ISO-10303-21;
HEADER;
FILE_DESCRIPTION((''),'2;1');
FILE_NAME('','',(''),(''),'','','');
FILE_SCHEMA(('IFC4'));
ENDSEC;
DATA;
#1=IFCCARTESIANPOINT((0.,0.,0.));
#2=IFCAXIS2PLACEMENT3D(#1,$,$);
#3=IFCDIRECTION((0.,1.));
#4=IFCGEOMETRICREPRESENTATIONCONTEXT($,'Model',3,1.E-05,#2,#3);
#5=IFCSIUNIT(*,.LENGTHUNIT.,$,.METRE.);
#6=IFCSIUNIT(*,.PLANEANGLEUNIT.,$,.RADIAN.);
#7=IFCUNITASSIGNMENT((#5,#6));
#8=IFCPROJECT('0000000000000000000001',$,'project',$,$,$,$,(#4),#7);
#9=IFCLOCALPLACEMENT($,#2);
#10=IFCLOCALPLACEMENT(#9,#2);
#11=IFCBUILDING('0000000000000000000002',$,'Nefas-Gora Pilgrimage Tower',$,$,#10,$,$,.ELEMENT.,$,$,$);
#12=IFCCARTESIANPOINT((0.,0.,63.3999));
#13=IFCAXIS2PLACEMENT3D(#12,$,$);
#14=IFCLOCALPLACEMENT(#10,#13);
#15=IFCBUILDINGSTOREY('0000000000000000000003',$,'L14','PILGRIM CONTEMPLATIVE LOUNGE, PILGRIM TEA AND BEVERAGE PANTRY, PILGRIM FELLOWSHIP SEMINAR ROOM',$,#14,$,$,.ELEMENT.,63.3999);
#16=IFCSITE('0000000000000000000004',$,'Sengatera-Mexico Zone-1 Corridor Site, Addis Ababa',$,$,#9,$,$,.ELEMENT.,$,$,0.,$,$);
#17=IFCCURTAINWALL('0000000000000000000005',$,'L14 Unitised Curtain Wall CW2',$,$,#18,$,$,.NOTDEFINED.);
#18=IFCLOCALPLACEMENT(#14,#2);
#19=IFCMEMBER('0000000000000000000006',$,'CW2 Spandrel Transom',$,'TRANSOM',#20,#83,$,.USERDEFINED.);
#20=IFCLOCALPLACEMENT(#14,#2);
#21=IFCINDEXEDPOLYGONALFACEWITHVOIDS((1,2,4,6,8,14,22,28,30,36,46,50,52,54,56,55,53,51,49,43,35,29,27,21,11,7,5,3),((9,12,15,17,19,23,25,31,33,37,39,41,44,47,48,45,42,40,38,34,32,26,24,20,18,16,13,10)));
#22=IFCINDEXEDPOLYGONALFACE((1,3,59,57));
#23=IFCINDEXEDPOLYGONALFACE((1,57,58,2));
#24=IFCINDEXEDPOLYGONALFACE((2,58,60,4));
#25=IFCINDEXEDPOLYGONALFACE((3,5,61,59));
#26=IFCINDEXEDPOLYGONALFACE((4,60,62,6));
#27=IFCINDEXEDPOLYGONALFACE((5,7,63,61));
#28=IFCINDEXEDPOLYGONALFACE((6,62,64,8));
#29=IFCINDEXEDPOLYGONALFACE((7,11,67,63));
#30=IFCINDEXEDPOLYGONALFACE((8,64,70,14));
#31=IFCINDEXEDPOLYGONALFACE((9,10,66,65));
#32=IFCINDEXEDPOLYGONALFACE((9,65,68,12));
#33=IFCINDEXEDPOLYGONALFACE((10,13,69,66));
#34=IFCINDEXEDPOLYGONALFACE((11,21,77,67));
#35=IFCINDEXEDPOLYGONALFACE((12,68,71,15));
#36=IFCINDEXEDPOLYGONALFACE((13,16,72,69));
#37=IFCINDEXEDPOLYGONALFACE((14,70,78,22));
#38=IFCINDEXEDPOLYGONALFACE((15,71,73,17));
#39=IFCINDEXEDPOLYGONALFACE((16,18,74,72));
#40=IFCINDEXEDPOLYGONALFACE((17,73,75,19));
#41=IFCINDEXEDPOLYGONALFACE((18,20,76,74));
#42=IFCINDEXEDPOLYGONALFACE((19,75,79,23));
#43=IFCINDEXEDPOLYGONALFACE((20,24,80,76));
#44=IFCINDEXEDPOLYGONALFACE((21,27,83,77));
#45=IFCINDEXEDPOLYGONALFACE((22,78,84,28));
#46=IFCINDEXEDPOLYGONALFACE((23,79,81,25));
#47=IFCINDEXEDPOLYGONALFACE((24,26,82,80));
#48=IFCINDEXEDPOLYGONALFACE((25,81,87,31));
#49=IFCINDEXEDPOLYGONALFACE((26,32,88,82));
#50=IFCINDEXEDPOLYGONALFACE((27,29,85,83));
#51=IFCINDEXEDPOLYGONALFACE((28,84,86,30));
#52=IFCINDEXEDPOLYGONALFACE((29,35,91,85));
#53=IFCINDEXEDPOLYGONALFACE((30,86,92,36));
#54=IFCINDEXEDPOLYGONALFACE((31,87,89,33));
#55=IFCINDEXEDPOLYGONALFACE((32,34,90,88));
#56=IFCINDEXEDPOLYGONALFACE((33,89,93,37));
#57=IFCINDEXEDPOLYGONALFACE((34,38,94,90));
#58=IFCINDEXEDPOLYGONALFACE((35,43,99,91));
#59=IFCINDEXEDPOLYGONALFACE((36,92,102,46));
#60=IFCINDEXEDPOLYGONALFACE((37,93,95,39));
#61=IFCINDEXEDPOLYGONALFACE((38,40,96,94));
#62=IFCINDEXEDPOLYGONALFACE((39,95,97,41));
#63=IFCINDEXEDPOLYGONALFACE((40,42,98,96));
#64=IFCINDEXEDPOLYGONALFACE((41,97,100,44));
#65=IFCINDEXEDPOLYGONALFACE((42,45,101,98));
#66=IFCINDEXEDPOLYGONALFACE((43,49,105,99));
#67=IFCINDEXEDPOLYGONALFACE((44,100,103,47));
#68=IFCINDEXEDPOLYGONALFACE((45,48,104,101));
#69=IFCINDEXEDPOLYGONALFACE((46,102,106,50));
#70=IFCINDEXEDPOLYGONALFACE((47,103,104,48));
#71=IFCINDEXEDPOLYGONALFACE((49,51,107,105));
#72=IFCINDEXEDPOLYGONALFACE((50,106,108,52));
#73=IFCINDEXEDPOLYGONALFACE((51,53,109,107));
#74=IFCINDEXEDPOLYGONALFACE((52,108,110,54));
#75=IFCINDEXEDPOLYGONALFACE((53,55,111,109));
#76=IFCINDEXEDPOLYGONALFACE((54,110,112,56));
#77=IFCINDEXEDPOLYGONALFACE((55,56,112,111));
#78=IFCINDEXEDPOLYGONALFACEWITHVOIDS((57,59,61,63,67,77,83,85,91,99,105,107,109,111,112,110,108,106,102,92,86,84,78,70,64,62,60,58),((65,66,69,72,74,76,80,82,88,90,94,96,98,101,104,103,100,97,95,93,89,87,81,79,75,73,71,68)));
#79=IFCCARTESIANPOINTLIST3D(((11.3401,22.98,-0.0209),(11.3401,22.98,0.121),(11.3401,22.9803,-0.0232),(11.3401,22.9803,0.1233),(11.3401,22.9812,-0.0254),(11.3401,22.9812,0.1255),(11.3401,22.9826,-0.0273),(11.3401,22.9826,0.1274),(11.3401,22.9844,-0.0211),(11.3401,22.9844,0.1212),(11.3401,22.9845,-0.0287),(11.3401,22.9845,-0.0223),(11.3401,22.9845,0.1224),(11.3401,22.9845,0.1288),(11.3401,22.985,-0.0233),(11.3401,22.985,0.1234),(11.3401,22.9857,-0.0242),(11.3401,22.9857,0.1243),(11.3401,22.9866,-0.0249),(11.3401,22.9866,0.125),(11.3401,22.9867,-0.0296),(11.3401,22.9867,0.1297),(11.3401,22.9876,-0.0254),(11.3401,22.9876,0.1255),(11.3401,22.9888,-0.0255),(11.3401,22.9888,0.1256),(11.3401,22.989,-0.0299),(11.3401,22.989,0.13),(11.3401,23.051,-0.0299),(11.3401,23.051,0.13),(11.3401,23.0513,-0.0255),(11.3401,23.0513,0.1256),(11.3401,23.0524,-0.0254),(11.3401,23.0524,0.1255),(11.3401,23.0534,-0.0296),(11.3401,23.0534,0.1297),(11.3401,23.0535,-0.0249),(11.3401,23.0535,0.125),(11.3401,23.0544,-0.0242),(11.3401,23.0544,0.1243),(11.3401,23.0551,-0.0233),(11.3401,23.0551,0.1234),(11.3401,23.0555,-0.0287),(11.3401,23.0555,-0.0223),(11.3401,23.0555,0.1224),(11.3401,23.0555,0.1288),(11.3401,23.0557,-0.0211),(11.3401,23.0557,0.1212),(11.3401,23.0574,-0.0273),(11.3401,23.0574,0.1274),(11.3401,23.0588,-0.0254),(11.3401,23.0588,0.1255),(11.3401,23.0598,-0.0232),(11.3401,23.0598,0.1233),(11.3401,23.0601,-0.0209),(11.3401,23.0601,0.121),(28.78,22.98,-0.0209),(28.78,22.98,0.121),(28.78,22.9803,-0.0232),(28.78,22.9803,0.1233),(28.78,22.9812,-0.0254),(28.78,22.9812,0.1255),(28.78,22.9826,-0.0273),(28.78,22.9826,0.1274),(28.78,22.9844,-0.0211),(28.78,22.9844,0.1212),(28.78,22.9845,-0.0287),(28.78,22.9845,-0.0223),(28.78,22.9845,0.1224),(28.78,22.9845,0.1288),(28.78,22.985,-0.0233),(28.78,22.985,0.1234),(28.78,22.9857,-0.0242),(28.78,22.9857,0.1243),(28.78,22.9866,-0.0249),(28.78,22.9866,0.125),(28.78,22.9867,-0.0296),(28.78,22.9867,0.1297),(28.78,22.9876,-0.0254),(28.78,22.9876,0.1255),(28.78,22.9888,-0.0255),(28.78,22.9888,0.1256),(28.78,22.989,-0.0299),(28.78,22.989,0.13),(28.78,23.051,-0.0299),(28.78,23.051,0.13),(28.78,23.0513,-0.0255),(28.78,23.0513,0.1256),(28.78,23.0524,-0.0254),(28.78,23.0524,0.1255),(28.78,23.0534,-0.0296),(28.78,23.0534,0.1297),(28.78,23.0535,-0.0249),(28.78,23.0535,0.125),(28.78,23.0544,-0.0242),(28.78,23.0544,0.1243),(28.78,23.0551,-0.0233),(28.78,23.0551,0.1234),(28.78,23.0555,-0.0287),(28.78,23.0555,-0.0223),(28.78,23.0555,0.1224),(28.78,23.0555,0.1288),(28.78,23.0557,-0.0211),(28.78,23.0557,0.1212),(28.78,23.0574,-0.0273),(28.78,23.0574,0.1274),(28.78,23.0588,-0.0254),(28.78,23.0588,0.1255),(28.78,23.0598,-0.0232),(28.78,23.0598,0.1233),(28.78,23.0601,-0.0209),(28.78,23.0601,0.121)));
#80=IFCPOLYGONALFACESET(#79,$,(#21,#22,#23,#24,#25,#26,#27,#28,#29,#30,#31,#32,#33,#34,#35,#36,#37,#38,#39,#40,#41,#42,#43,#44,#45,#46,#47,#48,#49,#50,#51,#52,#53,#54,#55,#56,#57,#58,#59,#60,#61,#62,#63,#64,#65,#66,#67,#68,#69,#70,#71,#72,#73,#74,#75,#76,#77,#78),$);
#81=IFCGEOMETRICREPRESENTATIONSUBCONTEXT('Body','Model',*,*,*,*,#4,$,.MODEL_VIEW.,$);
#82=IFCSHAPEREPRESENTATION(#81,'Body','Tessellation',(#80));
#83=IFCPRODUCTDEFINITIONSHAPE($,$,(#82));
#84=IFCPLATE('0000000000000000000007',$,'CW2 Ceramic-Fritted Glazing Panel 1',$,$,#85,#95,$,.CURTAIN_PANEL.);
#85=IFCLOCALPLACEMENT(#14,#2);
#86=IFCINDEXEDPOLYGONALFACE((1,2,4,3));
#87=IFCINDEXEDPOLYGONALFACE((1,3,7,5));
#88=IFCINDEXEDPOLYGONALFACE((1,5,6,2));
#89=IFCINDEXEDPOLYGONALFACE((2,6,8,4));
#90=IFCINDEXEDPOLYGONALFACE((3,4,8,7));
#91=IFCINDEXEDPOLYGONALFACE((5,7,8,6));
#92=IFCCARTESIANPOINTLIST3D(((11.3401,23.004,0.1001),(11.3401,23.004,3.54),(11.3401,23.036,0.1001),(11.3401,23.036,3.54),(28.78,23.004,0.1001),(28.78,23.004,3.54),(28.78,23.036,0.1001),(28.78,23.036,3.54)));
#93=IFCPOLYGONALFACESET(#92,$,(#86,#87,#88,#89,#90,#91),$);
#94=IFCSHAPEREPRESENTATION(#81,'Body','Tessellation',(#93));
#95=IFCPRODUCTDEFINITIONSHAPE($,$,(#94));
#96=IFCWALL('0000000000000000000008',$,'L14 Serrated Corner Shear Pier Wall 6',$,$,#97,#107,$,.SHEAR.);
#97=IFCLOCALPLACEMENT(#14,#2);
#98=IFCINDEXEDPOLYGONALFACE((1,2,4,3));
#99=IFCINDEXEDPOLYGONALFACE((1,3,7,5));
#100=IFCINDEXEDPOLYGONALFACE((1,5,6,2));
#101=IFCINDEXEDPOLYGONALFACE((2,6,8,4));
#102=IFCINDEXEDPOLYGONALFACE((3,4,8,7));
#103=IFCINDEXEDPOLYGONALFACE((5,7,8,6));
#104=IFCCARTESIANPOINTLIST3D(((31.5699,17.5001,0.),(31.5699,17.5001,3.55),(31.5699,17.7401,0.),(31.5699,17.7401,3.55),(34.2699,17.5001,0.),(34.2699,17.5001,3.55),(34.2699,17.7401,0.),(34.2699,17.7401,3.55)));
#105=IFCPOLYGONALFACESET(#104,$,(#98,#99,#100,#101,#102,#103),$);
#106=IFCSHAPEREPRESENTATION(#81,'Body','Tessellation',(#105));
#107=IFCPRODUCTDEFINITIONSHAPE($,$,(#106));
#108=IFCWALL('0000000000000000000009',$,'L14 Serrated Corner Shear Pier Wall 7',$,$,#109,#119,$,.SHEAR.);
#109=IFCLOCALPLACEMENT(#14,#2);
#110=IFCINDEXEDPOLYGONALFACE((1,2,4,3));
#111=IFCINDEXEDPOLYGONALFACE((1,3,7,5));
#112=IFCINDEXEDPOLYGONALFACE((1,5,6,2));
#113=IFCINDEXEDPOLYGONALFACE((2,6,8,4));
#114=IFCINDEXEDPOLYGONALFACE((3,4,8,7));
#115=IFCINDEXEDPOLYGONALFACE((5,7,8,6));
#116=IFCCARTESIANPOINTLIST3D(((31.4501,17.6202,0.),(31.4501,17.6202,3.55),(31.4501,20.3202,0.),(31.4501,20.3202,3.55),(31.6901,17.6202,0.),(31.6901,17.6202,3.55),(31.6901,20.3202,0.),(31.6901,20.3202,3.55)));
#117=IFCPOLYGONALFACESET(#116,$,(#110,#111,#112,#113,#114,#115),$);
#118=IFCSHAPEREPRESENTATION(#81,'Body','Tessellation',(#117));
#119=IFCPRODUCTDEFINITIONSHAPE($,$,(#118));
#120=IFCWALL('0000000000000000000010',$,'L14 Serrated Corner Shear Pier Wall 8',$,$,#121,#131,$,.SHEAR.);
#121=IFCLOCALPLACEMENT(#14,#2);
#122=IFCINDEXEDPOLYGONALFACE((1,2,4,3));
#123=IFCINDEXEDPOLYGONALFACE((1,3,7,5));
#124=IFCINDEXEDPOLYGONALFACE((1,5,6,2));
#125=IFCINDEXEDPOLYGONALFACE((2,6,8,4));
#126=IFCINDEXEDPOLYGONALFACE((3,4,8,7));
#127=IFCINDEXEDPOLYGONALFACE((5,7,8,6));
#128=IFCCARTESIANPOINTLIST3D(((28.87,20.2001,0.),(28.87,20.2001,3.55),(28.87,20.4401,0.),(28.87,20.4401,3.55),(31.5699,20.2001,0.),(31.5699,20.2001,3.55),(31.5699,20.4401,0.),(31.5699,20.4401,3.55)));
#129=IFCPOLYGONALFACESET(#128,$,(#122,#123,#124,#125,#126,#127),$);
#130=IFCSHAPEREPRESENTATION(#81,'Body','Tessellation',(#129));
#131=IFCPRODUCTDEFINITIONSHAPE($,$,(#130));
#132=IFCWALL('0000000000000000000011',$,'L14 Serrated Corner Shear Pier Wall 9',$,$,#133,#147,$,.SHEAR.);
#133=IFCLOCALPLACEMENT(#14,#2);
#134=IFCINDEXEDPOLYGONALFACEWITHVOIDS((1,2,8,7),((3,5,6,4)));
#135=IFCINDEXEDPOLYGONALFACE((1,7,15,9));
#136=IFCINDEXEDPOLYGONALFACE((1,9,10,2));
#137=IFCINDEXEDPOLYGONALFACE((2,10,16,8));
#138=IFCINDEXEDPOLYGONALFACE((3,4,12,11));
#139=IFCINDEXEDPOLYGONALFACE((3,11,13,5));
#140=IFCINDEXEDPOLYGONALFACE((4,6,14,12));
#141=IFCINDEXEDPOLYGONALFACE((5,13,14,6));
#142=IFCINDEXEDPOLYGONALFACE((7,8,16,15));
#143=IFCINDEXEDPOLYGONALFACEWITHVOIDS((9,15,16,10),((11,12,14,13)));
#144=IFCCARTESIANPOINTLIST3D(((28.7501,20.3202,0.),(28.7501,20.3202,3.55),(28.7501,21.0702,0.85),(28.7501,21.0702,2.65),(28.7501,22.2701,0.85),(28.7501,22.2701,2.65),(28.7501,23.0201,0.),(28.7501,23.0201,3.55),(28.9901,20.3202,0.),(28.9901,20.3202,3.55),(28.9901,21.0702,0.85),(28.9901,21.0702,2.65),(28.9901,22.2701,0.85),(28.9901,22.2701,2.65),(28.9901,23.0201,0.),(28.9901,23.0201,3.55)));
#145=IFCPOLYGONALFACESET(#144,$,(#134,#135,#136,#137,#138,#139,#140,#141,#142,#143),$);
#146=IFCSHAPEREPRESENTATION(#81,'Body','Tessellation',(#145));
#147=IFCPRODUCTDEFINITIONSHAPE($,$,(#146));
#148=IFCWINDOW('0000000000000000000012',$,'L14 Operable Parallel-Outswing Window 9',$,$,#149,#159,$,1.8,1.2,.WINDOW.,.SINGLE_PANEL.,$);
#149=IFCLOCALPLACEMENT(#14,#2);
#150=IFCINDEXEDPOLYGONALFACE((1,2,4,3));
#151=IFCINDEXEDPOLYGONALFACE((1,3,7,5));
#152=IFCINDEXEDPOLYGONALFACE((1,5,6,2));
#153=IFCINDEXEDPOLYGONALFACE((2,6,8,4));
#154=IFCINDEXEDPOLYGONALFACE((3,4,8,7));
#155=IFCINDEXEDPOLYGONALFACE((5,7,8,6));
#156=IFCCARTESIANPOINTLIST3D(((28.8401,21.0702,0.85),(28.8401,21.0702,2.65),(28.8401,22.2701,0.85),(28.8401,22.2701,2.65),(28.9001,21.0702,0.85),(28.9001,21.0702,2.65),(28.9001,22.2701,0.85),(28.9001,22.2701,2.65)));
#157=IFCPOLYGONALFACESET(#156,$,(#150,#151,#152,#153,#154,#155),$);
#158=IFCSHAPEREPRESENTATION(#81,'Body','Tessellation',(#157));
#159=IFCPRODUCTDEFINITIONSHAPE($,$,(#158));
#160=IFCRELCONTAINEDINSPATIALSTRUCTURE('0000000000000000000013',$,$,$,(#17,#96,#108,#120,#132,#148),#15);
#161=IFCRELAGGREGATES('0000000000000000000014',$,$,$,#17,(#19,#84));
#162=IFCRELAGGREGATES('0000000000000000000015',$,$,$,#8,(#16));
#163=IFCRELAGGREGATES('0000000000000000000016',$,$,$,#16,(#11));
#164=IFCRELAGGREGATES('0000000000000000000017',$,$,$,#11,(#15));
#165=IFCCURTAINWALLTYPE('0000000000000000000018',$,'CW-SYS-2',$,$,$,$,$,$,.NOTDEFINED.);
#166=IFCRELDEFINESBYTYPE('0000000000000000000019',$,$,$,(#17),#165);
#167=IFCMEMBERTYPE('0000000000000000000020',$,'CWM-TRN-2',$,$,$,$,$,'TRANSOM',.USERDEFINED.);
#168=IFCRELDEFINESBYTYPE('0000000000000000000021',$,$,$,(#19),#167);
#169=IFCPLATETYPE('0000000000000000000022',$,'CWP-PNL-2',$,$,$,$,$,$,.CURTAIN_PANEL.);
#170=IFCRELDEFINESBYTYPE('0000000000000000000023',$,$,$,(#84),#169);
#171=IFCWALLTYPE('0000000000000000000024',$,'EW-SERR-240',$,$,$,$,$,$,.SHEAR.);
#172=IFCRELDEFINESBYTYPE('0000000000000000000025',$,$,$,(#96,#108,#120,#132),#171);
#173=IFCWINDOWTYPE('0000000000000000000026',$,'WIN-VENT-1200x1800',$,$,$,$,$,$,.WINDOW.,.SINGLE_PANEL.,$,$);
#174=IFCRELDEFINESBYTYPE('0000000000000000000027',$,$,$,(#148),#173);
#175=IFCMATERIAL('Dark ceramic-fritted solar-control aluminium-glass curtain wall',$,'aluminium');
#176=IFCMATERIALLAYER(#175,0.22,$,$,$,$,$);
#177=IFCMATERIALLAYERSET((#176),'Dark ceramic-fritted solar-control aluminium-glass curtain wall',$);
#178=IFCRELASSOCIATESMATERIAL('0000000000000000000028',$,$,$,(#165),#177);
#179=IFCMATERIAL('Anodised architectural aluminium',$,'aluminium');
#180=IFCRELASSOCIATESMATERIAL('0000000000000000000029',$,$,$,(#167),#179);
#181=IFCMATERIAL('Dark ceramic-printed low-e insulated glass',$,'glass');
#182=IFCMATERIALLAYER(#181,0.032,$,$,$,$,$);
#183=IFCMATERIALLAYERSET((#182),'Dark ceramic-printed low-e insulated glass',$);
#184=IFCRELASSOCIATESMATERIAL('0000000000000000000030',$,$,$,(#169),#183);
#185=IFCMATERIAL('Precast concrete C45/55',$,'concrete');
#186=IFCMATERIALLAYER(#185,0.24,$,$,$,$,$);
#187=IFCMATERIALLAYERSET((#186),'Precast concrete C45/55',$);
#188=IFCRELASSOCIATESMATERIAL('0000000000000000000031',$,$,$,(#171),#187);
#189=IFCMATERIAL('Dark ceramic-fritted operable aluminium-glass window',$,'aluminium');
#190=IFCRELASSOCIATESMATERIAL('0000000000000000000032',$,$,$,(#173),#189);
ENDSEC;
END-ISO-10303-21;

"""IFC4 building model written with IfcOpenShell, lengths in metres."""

from ifc_helpers import new_model, si_unit, direction, frame, frame_2d, origin, origin_2d, place, context, subcontext, project, spatial, rectangle, hollow_rectangle, extrude, source, transform, mapped, material, layer, layer_set, material_profile, profile_set, type_object, element, fill, aggregate, save


model = new_model("IFC4")

# Units and contexts
model_context = context("Model", 3, precision=1e-05, world=origin(), true_north=direction((0.0, 1.0)))
body_context = subcontext(model_context, "Body", "Model", "MODEL_VIEW")
ifc_project = project(units=[si_unit("LENGTHUNIT", "METRE"), si_unit("PLANEANGLEUNIT", "RADIAN")], contexts=[model_context])

# Site, building, storey
site_placement = place(None, origin())
site = spatial("IfcSite", under=ifc_project, at=site_placement, Name="Sengatera-Mexico Zone-1 Corridor Site, Addis Ababa", CompositionType="ELEMENT", RefElevation=0.0)
building_placement = place(site_placement, origin())
building = spatial("IfcBuilding", under=site, at=building_placement, Name="Nefas-Gora Pilgrimage Tower", CompositionType="ELEMENT")
storey_placement = place(building_placement, frame((0.0, 0.0, 63.3999)))
storey = spatial("IfcBuildingStorey", under=building, at=storey_placement, Name="L14", Description="PILGRIM CONTEMPLATIVE LOUNGE, PILGRIM TEA AND BEVERAGE PANTRY, PILGRIM FELLOWSHIP SEMINAR ROOM", CompositionType="ELEMENT", Elevation=63.3999)

# Shared definitions
ifc_material_1 = material(Name="Dark ceramic-fritted solar-control aluminium-glass curtain wall", Category="aluminium")
ifc_layer_1 = layer(ifc_material_1, 0.22)
ifc_layer_set_1 = layer_set([ifc_layer_1], Name="Dark ceramic-fritted solar-control aluminium-glass curtain wall")
curtain_wall_type = type_object("IfcCurtainWallType", Name="CW-SYS-2", PredefinedType="NOTDEFINED", material=ifc_layer_set_1)
ifc_material_2 = material(Name="Anodised architectural aluminium", Category="aluminium")

# Curtain wall, member, plate
curtain_wall_1_placement = place(storey_placement, origin())
curtain_wall_1 = element("IfcCurtainWall", 1, at=curtain_wall_1_placement, inside=storey, type_object=curtain_wall_type, Name="L14 Unitised Curtain Wall CW2", PredefinedType="NOTDEFINED")
ifc_material_profile_1 = material_profile(ifc_material_2, hollow_rectangle(XDim=0.0801, YDim=0.1599, WallThickness=0.0044, InnerFilletRadius=0.0044, OuterFilletRadius=0.009, at=origin_2d()), Name="ALU TRANSOM 80x160")
ifc_profile_set_1 = profile_set([ifc_material_profile_1], Name="Anodised architectural aluminium")
member_type_1 = type_object("IfcMemberType", Name="CWM-TRN-2", ElementType="TRANSOM", PredefinedType="USERDEFINED", material=ifc_profile_set_1)
shared_shape_1 = source(origin(), body_context, "Body", "SweptSolid", [
    extrude(hollow_rectangle(XDim=0.0801, YDim=0.1599, WallThickness=0.0044, InnerFilletRadius=0.0044, OuterFilletRadius=0.009, at=origin_2d()), origin(), (0.0, 0.0, 1.0), 17.4399),
])
member_1_placement = place(storey_placement, frame((28.78, 23.02, 0.05), z_axis=(-1.0, 0.0, 0.0), x_axis=(0.0, -1.0, 0.0)))
member_1 = element("IfcMember", 2, at=member_1_placement, type_object=member_type_1, Name="CW2 Spandrel Transom", ObjectType="TRANSOM", PredefinedType="USERDEFINED", context=body_context, shape_type="MappedRepresentation", body=[
    mapped(shared_shape_1, transform((0.0, 0.0, 0.0), x_axis=(1.0, 0.0, 0.0), y_axis=(0.0, 1.0, 0.0), z_axis=(0.0, 0.0, 1.0), scale=1.0)),
])
ifc_material_3 = material(Name="Dark ceramic-printed low-e insulated glass", Category="glass")
ifc_layer_2 = layer(ifc_material_3, 0.032)
ifc_layer_set_2 = layer_set([ifc_layer_2], Name="Dark ceramic-printed low-e insulated glass")
plate_type = type_object("IfcPlateType", Name="CWP-PNL-2", PredefinedType="CURTAIN_PANEL", material=ifc_layer_set_2)
shared_shape_2 = source(origin(), body_context, "Body", "SweptSolid", [
    extrude(rectangle(XDim=17.4399, YDim=0.032, at=origin_2d()), origin(), (0.0, 0.0, 1.0), 3.4399),
])
plate_placement = place(storey_placement, frame((20.0601, 23.02, 0.1001), z_axis=(0.0, 0.0, 1.0), x_axis=(-1.0, 0.0, 0.0)))
plate = element("IfcPlate", 3, at=plate_placement, type_object=plate_type, Name="CW2 Ceramic-Fritted Glazing Panel 1", PredefinedType="CURTAIN_PANEL", context=body_context, shape_type="MappedRepresentation", body=[
    mapped(shared_shape_2, transform((0.0, 0.0, 0.0), x_axis=(1.0, 0.0, 0.0), y_axis=(0.0, 1.0, 0.0), z_axis=(0.0, 0.0, 1.0), scale=1.0)),
])
aggregate(curtain_wall_1, [member_1, plate])

# Walls
ifc_material_4 = material(Name="Precast concrete C45/55", Category="concrete")
ifc_layer_3 = layer(ifc_material_4, 0.24)
ifc_layer_set_3 = layer_set([ifc_layer_3], Name="Precast concrete C45/55")
wall_type = type_object("IfcWallType", Name="EW-SERR-240", PredefinedType="SHEAR", material=ifc_layer_set_3)
shared_shape_3 = source(origin(), body_context, "Body", "SweptSolid", [
    extrude(rectangle(XDim=2.7, YDim=0.24, at=frame_2d((1.3501, 0.0))), origin(), (0.0, 0.0, 1.0), 3.55),
])
for number, where, z_axis, x_axis, name in (
    (4, (34.27, 17.6201, 0.0), (0.0, 0.0, 1.0), (-1.0, 0.0, 0.0), "L14 Serrated Corner Shear Pier Wall 6"),
    (5, (31.5701, 17.6201, 0.0), (0.0, 0.0, 1.0), (0.0, 1.0, 0.0), "L14 Serrated Corner Shear Pier Wall 7"),
    (6, (31.5701, 20.3201, 0.0), (0.0, 0.0, 1.0), (-1.0, 0.0, 0.0), "L14 Serrated Corner Shear Pier Wall 8"),
):
    element("IfcWall", number, at=place(storey_placement, frame(where, z_axis=z_axis, x_axis=x_axis)), inside=storey, type_object=wall_type, Name=name, PredefinedType="SHEAR", context=body_context, shape_type="MappedRepresentation", body=[
        mapped(shared_shape_3, transform((0.0, 0.0, 0.0), x_axis=(1.0, 0.0, 0.0), y_axis=(0.0, 1.0, 0.0), z_axis=(0.0, 0.0, 1.0), scale=1.0)),
    ])

# Wall, opening, window
wall_placement = place(storey_placement, frame((28.8701, 20.3201, 0.0), z_axis=(0.0, 0.0, 1.0), x_axis=(0.0, 1.0, 0.0)))
wall = element("IfcWall", 7, at=wall_placement, inside=storey, type_object=wall_type, Name="L14 Serrated Corner Shear Pier Wall 9", PredefinedType="SHEAR", context=body_context, shape_type="MappedRepresentation", body=[
    mapped(shared_shape_3, transform((0.0, 0.0, 0.0), x_axis=(1.0, 0.0, 0.0), y_axis=(0.0, 1.0, 0.0), z_axis=(0.0, 0.0, 1.0), scale=1.0)),
])
opening_placement = place(wall_placement, frame((0.75, 0.0, 0.8501)))
opening = element("IfcOpeningElement", 8, at=opening_placement, cuts=wall, PredefinedType="OPENING", context=body_context, shape_type="SweptSolid", body=[
    extrude(rectangle(XDim=1.2, YDim=1.8, at=frame_2d((0.6001, 0.8999))), frame((0.0, 0.1299, 0.0), z_axis=(0.0, -1.0, 0.0), x_axis=(1.0, 0.0, 0.0)), (0.0, 0.0, 1.0), 0.26),
])
ifc_material_5 = material(Name="Dark ceramic-fritted operable aluminium-glass window", Category="aluminium")
window_type = type_object("IfcWindowType", Name="WIN-VENT-1200x1800", PartitioningType="SINGLE_PANEL", PredefinedType="WINDOW", material=ifc_material_5)
shared_shape_4 = source(origin(), body_context, "Body", "SweptSolid", [
    extrude(rectangle(XDim=1.2, YDim=1.8, at=frame_2d((0.6001, 0.8999))), frame((0.0, 0.03, 0.0), z_axis=(0.0, -1.0, 0.0), x_axis=(1.0, 0.0, 0.0)), (0.0, 0.0, 1.0), 0.0601),
])
window_placement = place(opening_placement, origin())
window = element("IfcWindow", 9, at=window_placement, inside=storey, type_object=window_type, Name="L14 Operable Parallel-Outswing Window 9", OverallHeight=1.8, OverallWidth=1.2, PartitioningType="SINGLE_PANEL", PredefinedType="WINDOW", context=body_context, shape_type="MappedRepresentation", body=[
    mapped(shared_shape_4, transform((0.0, 0.0, 0.0), x_axis=(1.0, 0.0, 0.0), y_axis=(0.0, 1.0, 0.0), z_axis=(0.0, 0.0, 1.0), scale=1.0)),
])
fill(opening, window)

save(model, "model.ifc")
